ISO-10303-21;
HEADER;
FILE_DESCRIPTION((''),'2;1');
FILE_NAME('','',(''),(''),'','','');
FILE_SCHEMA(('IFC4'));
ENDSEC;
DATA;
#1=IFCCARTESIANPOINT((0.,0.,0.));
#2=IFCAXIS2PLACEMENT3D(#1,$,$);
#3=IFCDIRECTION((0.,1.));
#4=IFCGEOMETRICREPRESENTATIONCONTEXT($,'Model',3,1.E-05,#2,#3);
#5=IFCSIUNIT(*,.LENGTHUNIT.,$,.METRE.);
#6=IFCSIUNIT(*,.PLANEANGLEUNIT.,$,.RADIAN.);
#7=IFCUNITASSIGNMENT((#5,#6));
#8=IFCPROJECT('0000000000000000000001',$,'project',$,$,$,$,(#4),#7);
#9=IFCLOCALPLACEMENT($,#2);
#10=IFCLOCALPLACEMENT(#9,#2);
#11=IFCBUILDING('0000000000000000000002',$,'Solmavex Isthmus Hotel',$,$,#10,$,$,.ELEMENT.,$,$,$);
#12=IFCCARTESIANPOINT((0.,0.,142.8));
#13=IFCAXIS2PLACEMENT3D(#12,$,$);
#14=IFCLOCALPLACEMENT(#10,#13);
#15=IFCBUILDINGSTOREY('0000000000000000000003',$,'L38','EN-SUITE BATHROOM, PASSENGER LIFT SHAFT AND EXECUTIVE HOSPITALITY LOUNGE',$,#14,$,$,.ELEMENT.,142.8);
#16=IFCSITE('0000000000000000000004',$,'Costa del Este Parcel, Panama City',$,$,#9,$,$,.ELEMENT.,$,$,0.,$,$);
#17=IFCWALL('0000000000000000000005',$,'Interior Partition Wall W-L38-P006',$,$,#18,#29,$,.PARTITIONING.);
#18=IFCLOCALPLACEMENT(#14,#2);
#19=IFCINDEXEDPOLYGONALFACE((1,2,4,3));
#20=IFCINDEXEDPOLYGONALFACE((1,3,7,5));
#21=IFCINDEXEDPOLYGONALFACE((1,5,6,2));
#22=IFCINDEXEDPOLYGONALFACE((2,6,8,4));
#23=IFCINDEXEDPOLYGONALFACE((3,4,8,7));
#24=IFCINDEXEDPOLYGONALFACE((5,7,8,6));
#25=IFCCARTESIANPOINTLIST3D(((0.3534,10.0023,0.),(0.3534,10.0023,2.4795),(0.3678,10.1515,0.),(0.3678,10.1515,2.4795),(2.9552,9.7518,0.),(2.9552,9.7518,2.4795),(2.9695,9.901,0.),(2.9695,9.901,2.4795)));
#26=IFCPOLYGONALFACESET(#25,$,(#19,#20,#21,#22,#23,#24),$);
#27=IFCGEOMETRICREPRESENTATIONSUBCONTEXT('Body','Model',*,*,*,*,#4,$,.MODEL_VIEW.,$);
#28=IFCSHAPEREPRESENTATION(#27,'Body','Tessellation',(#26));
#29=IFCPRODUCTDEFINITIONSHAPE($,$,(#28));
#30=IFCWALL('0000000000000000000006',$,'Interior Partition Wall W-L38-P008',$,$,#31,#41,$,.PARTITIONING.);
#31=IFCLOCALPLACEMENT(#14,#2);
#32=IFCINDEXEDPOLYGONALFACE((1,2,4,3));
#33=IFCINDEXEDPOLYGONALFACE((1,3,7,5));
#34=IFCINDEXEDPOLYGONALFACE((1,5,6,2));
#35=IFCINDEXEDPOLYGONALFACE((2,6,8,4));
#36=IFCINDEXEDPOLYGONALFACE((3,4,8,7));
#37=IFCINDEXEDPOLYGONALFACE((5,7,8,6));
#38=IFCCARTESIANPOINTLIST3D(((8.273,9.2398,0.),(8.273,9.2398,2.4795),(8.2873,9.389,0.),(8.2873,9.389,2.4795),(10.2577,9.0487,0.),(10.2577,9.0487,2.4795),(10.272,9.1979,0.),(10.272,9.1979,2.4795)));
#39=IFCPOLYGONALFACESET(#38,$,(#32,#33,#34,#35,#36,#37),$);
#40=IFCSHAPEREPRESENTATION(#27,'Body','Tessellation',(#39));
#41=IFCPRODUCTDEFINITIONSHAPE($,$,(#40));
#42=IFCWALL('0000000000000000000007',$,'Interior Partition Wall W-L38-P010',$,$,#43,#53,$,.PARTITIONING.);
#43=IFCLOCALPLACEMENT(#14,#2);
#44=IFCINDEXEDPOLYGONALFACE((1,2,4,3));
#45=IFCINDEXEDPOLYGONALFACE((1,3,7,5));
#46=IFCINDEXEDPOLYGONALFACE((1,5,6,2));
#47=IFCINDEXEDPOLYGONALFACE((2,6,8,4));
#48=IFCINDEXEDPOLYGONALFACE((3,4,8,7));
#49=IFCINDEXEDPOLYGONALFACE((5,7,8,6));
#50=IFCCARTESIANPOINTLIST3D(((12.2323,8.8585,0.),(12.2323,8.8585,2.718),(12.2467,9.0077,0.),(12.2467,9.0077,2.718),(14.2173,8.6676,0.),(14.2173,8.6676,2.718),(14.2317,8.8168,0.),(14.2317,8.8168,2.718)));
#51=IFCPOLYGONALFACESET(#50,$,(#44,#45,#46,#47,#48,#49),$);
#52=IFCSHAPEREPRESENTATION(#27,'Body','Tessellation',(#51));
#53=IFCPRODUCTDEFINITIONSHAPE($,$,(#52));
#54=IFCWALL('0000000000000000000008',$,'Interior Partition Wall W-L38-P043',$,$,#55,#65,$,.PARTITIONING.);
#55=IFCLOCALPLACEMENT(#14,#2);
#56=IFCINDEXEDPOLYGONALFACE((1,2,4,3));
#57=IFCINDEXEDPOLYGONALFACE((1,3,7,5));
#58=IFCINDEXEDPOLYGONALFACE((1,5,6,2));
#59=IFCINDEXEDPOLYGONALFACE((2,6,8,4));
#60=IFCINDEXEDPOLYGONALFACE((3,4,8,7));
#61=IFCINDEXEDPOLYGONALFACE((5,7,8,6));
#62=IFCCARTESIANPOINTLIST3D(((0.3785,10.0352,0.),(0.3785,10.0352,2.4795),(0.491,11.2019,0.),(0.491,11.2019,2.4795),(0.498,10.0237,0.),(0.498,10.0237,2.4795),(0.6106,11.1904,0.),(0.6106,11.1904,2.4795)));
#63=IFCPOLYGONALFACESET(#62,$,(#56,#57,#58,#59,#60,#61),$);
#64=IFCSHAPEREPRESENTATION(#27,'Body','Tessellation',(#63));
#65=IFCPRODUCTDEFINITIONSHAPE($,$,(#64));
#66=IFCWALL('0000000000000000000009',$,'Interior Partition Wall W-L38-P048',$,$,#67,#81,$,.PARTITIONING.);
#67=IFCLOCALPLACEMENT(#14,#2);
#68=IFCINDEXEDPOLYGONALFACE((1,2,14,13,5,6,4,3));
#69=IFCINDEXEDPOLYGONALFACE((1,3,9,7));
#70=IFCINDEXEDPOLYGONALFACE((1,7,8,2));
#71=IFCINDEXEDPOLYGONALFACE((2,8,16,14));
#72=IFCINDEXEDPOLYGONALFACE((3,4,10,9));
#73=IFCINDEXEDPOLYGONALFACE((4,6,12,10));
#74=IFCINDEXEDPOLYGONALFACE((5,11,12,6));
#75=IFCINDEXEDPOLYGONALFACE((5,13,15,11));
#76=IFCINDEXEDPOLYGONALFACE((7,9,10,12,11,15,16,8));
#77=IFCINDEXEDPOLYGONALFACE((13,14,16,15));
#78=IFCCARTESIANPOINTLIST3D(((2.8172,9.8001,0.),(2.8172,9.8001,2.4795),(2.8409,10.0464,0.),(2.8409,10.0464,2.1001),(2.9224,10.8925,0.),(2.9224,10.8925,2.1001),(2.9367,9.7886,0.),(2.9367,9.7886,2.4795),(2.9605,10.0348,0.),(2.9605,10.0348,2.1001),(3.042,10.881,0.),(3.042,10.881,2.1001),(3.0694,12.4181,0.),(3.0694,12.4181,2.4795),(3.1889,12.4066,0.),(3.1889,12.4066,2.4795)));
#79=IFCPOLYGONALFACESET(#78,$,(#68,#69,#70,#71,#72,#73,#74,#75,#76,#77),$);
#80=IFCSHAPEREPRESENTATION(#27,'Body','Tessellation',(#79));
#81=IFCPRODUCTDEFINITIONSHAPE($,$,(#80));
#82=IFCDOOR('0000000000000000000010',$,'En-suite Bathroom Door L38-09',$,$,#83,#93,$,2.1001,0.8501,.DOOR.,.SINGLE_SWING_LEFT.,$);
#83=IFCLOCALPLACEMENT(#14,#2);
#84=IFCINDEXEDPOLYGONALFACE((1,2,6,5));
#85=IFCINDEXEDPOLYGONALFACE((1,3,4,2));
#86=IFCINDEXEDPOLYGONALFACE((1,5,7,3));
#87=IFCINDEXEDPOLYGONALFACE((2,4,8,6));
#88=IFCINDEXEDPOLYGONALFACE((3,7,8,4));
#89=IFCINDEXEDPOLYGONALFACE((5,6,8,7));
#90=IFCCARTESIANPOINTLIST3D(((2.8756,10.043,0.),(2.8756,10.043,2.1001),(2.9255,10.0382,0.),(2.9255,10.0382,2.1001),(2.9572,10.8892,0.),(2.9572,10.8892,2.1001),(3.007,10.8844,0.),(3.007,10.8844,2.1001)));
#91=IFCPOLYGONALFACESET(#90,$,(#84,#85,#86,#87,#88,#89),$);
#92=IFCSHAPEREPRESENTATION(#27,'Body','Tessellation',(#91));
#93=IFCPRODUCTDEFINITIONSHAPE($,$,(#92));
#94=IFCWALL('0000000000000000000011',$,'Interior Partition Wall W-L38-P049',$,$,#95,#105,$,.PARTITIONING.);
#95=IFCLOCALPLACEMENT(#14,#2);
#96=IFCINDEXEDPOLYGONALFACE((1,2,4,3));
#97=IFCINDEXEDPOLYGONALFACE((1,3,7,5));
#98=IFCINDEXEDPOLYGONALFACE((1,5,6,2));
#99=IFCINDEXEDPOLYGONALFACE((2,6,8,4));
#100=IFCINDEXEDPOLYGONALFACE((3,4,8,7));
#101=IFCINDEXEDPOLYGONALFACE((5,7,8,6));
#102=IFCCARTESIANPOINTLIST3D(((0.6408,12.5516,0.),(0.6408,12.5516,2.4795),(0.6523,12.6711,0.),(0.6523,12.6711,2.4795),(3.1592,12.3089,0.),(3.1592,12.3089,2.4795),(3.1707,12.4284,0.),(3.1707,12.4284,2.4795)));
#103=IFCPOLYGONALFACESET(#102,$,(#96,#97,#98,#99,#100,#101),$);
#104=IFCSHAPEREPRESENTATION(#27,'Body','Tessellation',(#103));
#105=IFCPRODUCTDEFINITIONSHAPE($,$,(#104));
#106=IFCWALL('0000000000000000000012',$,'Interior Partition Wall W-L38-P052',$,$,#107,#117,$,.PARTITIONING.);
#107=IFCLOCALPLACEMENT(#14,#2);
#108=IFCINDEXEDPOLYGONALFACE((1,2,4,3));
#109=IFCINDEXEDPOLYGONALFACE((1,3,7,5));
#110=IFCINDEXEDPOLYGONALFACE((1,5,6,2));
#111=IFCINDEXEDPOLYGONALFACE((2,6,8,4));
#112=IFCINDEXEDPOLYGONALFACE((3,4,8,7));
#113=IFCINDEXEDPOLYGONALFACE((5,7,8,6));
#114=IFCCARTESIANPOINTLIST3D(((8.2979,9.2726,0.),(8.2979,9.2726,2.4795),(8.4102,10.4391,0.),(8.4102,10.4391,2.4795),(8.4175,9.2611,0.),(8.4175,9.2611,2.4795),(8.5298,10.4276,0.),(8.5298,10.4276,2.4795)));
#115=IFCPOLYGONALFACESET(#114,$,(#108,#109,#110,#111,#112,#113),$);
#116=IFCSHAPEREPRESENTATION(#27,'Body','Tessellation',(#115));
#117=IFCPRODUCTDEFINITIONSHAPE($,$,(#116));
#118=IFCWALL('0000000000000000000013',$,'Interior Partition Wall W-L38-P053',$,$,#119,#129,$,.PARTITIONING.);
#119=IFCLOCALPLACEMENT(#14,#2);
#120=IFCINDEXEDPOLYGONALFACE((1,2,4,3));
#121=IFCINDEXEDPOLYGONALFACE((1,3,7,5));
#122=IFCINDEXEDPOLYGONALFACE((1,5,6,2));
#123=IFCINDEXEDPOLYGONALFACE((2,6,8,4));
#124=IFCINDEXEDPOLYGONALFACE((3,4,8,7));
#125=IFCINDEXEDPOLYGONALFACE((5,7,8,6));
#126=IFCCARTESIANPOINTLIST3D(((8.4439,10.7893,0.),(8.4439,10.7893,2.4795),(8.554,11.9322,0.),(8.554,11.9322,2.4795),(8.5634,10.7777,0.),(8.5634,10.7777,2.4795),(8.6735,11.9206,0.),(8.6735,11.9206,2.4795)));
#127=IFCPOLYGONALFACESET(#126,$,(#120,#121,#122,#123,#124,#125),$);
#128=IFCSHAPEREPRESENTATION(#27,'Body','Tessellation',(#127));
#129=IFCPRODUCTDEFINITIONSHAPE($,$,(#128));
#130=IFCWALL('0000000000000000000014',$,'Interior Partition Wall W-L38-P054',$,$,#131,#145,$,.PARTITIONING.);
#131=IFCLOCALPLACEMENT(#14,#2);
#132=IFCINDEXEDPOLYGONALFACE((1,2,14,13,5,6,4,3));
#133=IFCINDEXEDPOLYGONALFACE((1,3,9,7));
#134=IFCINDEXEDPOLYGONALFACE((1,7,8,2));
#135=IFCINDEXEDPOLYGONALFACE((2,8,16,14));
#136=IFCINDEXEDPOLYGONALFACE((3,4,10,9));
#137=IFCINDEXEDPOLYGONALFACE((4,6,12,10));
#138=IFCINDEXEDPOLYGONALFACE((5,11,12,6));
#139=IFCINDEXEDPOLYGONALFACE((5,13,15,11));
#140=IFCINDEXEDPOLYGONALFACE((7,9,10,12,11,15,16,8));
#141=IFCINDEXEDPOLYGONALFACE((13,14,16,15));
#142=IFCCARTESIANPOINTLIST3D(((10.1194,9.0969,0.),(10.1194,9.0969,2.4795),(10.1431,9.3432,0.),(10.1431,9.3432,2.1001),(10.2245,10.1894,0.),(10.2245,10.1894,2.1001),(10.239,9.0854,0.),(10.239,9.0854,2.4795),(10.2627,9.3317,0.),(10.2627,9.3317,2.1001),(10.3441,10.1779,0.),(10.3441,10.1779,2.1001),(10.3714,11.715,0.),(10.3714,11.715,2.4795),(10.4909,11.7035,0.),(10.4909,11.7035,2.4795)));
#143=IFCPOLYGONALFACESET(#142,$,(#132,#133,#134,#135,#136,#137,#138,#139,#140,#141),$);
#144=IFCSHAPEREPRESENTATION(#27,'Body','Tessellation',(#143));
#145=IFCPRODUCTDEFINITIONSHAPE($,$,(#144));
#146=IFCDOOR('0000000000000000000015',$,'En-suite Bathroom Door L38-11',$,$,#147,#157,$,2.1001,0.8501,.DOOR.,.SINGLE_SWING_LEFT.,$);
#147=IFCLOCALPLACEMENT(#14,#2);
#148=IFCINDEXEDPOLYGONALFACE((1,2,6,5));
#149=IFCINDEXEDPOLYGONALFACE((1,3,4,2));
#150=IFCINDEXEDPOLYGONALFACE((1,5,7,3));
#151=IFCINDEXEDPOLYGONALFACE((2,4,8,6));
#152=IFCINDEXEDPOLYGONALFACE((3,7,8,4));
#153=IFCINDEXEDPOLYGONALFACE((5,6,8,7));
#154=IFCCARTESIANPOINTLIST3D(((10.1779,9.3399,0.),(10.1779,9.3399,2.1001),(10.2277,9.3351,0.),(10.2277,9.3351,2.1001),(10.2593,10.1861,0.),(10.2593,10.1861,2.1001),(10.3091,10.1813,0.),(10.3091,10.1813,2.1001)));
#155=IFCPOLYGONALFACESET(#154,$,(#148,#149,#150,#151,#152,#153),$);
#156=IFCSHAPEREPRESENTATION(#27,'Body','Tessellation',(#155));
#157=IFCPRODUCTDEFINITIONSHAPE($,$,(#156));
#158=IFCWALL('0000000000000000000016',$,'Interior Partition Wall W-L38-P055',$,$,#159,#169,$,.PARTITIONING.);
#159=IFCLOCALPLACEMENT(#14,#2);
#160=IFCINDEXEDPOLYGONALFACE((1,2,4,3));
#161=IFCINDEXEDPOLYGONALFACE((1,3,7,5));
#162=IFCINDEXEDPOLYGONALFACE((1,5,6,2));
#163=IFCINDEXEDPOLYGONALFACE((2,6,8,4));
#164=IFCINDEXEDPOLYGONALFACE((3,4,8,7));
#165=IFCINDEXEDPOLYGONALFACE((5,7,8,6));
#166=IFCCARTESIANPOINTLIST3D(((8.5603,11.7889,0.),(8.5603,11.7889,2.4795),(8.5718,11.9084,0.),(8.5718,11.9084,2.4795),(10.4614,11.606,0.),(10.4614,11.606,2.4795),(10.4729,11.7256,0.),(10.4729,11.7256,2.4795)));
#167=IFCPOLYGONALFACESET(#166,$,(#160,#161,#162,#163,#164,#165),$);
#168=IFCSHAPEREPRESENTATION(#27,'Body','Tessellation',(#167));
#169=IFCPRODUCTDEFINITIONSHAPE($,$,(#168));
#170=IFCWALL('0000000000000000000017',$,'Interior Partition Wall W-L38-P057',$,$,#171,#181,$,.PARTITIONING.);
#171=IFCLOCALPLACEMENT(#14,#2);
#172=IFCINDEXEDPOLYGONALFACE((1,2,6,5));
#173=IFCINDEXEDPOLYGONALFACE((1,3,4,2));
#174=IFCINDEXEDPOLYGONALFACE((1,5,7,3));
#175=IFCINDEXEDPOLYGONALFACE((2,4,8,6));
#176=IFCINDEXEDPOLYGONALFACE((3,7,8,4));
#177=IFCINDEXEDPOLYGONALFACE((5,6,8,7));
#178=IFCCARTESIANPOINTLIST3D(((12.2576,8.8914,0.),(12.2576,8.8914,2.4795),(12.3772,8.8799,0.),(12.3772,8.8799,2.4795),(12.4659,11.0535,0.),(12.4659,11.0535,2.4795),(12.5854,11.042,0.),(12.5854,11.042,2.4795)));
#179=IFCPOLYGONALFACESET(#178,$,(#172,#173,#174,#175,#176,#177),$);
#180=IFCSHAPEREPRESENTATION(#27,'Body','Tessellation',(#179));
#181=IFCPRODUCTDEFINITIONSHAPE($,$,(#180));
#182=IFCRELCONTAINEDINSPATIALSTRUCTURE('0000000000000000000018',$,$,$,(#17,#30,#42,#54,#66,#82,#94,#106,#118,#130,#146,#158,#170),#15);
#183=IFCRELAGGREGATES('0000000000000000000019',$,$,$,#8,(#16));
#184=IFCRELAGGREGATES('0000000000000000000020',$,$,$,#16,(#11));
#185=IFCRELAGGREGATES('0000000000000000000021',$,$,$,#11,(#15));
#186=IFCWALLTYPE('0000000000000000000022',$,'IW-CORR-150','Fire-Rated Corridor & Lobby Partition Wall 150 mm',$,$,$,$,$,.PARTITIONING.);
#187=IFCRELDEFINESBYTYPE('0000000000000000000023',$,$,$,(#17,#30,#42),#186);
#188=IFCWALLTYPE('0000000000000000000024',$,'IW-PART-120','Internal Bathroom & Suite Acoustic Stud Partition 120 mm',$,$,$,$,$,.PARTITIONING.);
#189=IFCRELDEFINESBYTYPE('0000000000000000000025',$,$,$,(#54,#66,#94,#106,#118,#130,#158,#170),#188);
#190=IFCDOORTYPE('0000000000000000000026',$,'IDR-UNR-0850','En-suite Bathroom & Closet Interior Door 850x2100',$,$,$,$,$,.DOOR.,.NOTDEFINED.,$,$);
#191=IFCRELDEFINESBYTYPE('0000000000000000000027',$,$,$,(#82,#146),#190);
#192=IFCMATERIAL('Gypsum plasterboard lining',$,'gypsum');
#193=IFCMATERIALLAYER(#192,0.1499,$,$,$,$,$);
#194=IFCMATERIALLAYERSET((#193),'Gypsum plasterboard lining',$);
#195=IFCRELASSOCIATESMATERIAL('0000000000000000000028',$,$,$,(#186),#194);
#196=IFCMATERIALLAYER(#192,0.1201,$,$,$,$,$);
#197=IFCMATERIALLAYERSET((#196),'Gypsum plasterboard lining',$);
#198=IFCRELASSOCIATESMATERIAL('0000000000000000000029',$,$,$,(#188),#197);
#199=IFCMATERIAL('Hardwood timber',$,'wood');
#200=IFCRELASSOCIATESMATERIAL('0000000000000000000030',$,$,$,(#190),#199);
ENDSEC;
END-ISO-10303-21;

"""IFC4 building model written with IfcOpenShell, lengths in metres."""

from ifc_helpers import new_model, si_unit, direction, frame, frame_2d, origin, place, context, subcontext, project, spatial, rectangle, extrude, material, layer, layer_set, type_object, element, fill, save


model = new_model("IFC4")

# Units and contexts
model_context = context("Model", 3, precision=1e-05, world=origin(), true_north=direction((0.0, 1.0)))
body_context = subcontext(model_context, "Body", "Model", "MODEL_VIEW")
ifc_project = project(units=[si_unit("LENGTHUNIT", "METRE"), si_unit("PLANEANGLEUNIT", "RADIAN")], contexts=[model_context])

# Site, building, storey
site_placement = place(None, origin())
site = spatial("IfcSite", under=ifc_project, at=site_placement, Name="Costa del Este Parcel, Panama City", CompositionType="ELEMENT", RefElevation=0.0)
building_placement = place(site_placement, origin())
building = spatial("IfcBuilding", under=site, at=building_placement, Name="Solmavex Isthmus Hotel", CompositionType="ELEMENT")
storey_placement = place(building_placement, frame((0.0, 0.0, 142.8)))
storey = spatial("IfcBuildingStorey", under=building, at=storey_placement, Name="L38", Description="EN-SUITE BATHROOM, PASSENGER LIFT SHAFT AND EXECUTIVE HOSPITALITY LOUNGE", CompositionType="ELEMENT", Elevation=142.8)

# Shared definitions
ifc_material_1 = material(Name="Gypsum plasterboard lining", Category="gypsum")
ifc_layer_1 = layer(ifc_material_1, 0.1499)
ifc_layer_set_1 = layer_set([ifc_layer_1], Name="Gypsum plasterboard lining")
wall_type_1 = type_object("IfcWallType", Name="IW-CORR-150", Description="Fire-Rated Corridor & Lobby Partition Wall 150 mm", PredefinedType="PARTITIONING", material=ifc_layer_set_1)
ifc_material_2 = material(Name="Hardwood timber", Category="wood")

# Wall
wall_1_placement = place(storey_placement, frame((0.3606, 10.0769, 0.0), z_axis=(0.0, 0.0, 1.0), x_axis=(0.995398, -0.095832, 0.0)))
element("IfcWall", 1, at=wall_1_placement, inside=storey, type_object=wall_type_1, Name="Interior Partition Wall W-L38-P006", PredefinedType="PARTITIONING", context=body_context, shape_type="SweptSolid", body=[
    extrude(rectangle(XDim=2.6138, YDim=0.1499, at=frame_2d((1.3069, 0.0))), origin(), (0.0, 0.0, 1.0), 2.4795),
])

# Walls
wall_2_placement = place(storey_placement, frame((8.28, 9.3145, 0.0), z_axis=(0.0, 0.0, 1.0), x_axis=(0.995393, -0.095878, 0.0)))
element("IfcWall", 2, at=wall_2_placement, inside=storey, type_object=wall_type_1, Name="Interior Partition Wall W-L38-P008", PredefinedType="PARTITIONING", context=body_context, shape_type="SweptSolid", body=[
    extrude(rectangle(XDim=1.9939, YDim=0.1499, at=frame_2d((0.9971, 0.0))), origin(), (0.0, 0.0, 1.0), 2.4795),
])
wall_3_placement = place(storey_placement, frame((12.2395, 8.9331, 0.0), z_axis=(0.0, 0.0, 1.0), x_axis=(0.995406, -0.095745, 0.0)))
element("IfcWall", 3, at=wall_3_placement, inside=storey, type_object=wall_type_1, Name="Interior Partition Wall W-L38-P010", PredefinedType="PARTITIONING", context=body_context, shape_type="SweptSolid", body=[
    extrude(rectangle(XDim=1.9941, YDim=0.1499, at=frame_2d((0.9971, 0.0))), origin(), (0.0, 0.0, 1.0), 2.718),
])
ifc_layer_2 = layer(ifc_material_1, 0.1201)
ifc_layer_set_2 = layer_set([ifc_layer_2], Name="Gypsum plasterboard lining")
wall_type_2 = type_object("IfcWallType", Name="IW-PART-120", Description="Internal Bathroom & Suite Acoustic Stud Partition 120 mm", PredefinedType="PARTITIONING", material=ifc_layer_set_2)
wall_4_placement = place(storey_placement, frame((0.5508, 11.196, 0.0), z_axis=(0.0, 0.0, 1.0), x_axis=(-0.096018, -0.99538, 0.0)))
element("IfcWall", 4, at=wall_4_placement, inside=storey, type_object=wall_type_2, Name="Interior Partition Wall W-L38-P043", PredefinedType="PARTITIONING", context=body_context, shape_type="SweptSolid", body=[
    extrude(rectangle(XDim=1.1721, YDim=0.1201, at=frame_2d((0.5859, 0.0))), origin(), (0.0, 0.0, 1.0), 2.4795),
])

# Wall, opening, door
wall_5_placement = place(storey_placement, frame((2.877, 9.7944, 0.0), z_axis=(0.0, 0.0, 1.0), x_axis=(0.095891, 0.995392, 0.0)))
wall_5 = element("IfcWall", 5, at=wall_5_placement, inside=storey, type_object=wall_type_2, Name="Interior Partition Wall W-L38-P048", PredefinedType="PARTITIONING", context=body_context, shape_type="SweptSolid", body=[
    extrude(rectangle(XDim=2.6301, YDim=0.1201, at=frame_2d((1.3149, 0.0))), origin(), (0.0, 0.0, 1.0), 2.4795),
])
opening_1_placement = place(wall_5_placement, frame((0.2473, 0.0, 0.0)))
opening_1 = element("IfcOpeningElement", 6, at=opening_1_placement, cuts=wall_5, PredefinedType="OPENING", context=body_context, shape_type="SweptSolid", body=[
    extrude(rectangle(XDim=0.8501, YDim=2.1001, at=frame_2d((0.425, 1.05))), frame((0.0, 0.0701, 0.0), z_axis=(0.0, -1.0, 0.0), x_axis=(1.0, 0.0, 0.0)), (0.0, 0.0, 1.0), 0.1401),
])
door_type_1 = type_object("IfcDoorType", Name="IDR-UNR-0850", Description="En-suite Bathroom & Closet Interior Door 850x2100", OperationType="NOTDEFINED", PredefinedType="DOOR", material=ifc_material_2)
door_1_placement = place(opening_1_placement, frame((0.8501, 0.0, 0.0), z_axis=(0.0, 0.0, 1.0), x_axis=(-1.0, 0.0, 0.0)))
door_1 = element("IfcDoor", 7, at=door_1_placement, inside=storey, type_object=door_type_1, Name="En-suite Bathroom Door L38-09", OperationType="SINGLE_SWING_LEFT", OverallHeight=2.1001, OverallWidth=0.8501, PredefinedType="DOOR", context=body_context, shape_type="SweptSolid", body=[
    extrude(rectangle(XDim=0.8501, YDim=2.1001, at=frame_2d((0.425, 1.05))), frame((0.0, 0.0249, 0.0), z_axis=(0.0, -1.0, 0.0), x_axis=(1.0, 0.0, 0.0)), (0.0, 0.0, 1.0), 0.05),
])
fill(opening_1, door_1)

# Walls
wall_6_placement = place(storey_placement, frame((3.165, 12.3687, 0.0), z_axis=(0.0, 0.0, 1.0), x_axis=(-0.995389, 0.09592, 0.0)))
element("IfcWall", 8, at=wall_6_placement, inside=storey, type_object=wall_type_2, Name="Interior Partition Wall W-L38-P049", PredefinedType="PARTITIONING", context=body_context, shape_type="SweptSolid", body=[
    extrude(rectangle(XDim=2.53, YDim=0.1201, at=frame_2d((1.2651, 0.0))), origin(), (0.0, 0.0, 1.0), 2.4795),
])
wall_7_placement = place(storey_placement, frame((8.47, 10.4333, 0.0), z_axis=(0.0, 0.0, 1.0), x_axis=(-0.095831, -0.995398, 0.0)))
element("IfcWall", 9, at=wall_7_placement, inside=storey, type_object=wall_type_2, Name="Interior Partition Wall W-L38-P052", PredefinedType="PARTITIONING", context=body_context, shape_type="SweptSolid", body=[
    extrude(rectangle(XDim=1.1719, YDim=0.1201, at=frame_2d((0.5859, 0.0))), origin(), (0.0, 0.0, 1.0), 2.4795),
])
wall_8_placement = place(storey_placement, frame((8.6138, 11.9265, 0.0), z_axis=(0.0, 0.0, 1.0), x_axis=(-0.095903, -0.995391, 0.0)))
element("IfcWall", 10, at=wall_8_placement, inside=storey, type_object=wall_type_2, Name="Interior Partition Wall W-L38-P053", PredefinedType="PARTITIONING", context=body_context, shape_type="SweptSolid", body=[
    extrude(rectangle(XDim=1.1482, YDim=0.1201, at=frame_2d((0.5742, 0.0))), origin(), (0.0, 0.0, 1.0), 2.4795),
])

# Wall, opening, door
wall_9_placement = place(storey_placement, frame((10.1792, 9.0913, 0.0), z_axis=(0.0, 0.0, 1.0), x_axis=(0.095799, 0.995401, 0.0)))
wall_9 = element("IfcWall", 11, at=wall_9_placement, inside=storey, type_object=wall_type_2, Name="Interior Partition Wall W-L38-P054", PredefinedType="PARTITIONING", context=body_context, shape_type="SweptSolid", body=[
    extrude(rectangle(XDim=2.6301, YDim=0.1201, at=frame_2d((1.3149, 0.0))), origin(), (0.0, 0.0, 1.0), 2.4795),
])
opening_2_placement = place(wall_9_placement, frame((0.2473, 0.0, 0.0)))
opening_2 = element("IfcOpeningElement", 12, at=opening_2_placement, cuts=wall_9, PredefinedType="OPENING", context=body_context, shape_type="SweptSolid", body=[
    extrude(rectangle(XDim=0.8501, YDim=2.1001, at=frame_2d((0.425, 1.05))), frame((0.0, 0.0701, 0.0), z_axis=(0.0, -1.0, 0.0), x_axis=(1.0, 0.0, 0.0)), (0.0, 0.0, 1.0), 0.1401),
])
door_2_placement = place(opening_2_placement, frame((0.8501, 0.0, 0.0), z_axis=(0.0, 0.0, 1.0), x_axis=(-1.0, 0.0, 0.0)))
door_2 = element("IfcDoor", 13, at=door_2_placement, inside=storey, type_object=door_type_1, Name="En-suite Bathroom Door L38-11", OperationType="SINGLE_SWING_LEFT", OverallHeight=2.1001, OverallWidth=0.8501, PredefinedType="DOOR", context=body_context, shape_type="SweptSolid", body=[
    extrude(rectangle(XDim=0.8501, YDim=2.1001, at=frame_2d((0.425, 1.05))), frame((0.0, 0.0249, 0.0), z_axis=(0.0, -1.0, 0.0), x_axis=(1.0, 0.0, 0.0)), (0.0, 0.0, 1.0), 0.05),
])
fill(opening_2, door_2)

# Walls
wall_10_placement = place(storey_placement, frame((10.4673, 11.6658, 0.0), z_axis=(0.0, 0.0, 1.0), x_axis=(-0.995406, 0.095744, 0.0)))
element("IfcWall", 14, at=wall_10_placement, inside=storey, type_object=wall_type_2, Name="Interior Partition Wall W-L38-P055", PredefinedType="PARTITIONING", context=body_context, shape_type="SweptSolid", body=[
    extrude(rectangle(XDim=1.9099, YDim=0.1201, at=frame_2d((0.9551, 0.0))), origin(), (0.0, 0.0, 1.0), 2.4795),
])
wall_11_placement = place(storey_placement, frame((12.5256, 11.0476, 0.0), z_axis=(0.0, 0.0, 1.0), x_axis=(-0.095875, -0.995393, 0.0)))
element("IfcWall", 15, at=wall_11_placement, inside=storey, type_object=wall_type_2, Name="Interior Partition Wall W-L38-P057", PredefinedType="PARTITIONING", context=body_context, shape_type="SweptSolid", body=[
    extrude(rectangle(XDim=2.1721, YDim=0.1201, at=frame_2d((1.0859, 0.0))), origin(), (0.0, 0.0, 1.0), 2.4795),
])

save(model, "model.ifc")
